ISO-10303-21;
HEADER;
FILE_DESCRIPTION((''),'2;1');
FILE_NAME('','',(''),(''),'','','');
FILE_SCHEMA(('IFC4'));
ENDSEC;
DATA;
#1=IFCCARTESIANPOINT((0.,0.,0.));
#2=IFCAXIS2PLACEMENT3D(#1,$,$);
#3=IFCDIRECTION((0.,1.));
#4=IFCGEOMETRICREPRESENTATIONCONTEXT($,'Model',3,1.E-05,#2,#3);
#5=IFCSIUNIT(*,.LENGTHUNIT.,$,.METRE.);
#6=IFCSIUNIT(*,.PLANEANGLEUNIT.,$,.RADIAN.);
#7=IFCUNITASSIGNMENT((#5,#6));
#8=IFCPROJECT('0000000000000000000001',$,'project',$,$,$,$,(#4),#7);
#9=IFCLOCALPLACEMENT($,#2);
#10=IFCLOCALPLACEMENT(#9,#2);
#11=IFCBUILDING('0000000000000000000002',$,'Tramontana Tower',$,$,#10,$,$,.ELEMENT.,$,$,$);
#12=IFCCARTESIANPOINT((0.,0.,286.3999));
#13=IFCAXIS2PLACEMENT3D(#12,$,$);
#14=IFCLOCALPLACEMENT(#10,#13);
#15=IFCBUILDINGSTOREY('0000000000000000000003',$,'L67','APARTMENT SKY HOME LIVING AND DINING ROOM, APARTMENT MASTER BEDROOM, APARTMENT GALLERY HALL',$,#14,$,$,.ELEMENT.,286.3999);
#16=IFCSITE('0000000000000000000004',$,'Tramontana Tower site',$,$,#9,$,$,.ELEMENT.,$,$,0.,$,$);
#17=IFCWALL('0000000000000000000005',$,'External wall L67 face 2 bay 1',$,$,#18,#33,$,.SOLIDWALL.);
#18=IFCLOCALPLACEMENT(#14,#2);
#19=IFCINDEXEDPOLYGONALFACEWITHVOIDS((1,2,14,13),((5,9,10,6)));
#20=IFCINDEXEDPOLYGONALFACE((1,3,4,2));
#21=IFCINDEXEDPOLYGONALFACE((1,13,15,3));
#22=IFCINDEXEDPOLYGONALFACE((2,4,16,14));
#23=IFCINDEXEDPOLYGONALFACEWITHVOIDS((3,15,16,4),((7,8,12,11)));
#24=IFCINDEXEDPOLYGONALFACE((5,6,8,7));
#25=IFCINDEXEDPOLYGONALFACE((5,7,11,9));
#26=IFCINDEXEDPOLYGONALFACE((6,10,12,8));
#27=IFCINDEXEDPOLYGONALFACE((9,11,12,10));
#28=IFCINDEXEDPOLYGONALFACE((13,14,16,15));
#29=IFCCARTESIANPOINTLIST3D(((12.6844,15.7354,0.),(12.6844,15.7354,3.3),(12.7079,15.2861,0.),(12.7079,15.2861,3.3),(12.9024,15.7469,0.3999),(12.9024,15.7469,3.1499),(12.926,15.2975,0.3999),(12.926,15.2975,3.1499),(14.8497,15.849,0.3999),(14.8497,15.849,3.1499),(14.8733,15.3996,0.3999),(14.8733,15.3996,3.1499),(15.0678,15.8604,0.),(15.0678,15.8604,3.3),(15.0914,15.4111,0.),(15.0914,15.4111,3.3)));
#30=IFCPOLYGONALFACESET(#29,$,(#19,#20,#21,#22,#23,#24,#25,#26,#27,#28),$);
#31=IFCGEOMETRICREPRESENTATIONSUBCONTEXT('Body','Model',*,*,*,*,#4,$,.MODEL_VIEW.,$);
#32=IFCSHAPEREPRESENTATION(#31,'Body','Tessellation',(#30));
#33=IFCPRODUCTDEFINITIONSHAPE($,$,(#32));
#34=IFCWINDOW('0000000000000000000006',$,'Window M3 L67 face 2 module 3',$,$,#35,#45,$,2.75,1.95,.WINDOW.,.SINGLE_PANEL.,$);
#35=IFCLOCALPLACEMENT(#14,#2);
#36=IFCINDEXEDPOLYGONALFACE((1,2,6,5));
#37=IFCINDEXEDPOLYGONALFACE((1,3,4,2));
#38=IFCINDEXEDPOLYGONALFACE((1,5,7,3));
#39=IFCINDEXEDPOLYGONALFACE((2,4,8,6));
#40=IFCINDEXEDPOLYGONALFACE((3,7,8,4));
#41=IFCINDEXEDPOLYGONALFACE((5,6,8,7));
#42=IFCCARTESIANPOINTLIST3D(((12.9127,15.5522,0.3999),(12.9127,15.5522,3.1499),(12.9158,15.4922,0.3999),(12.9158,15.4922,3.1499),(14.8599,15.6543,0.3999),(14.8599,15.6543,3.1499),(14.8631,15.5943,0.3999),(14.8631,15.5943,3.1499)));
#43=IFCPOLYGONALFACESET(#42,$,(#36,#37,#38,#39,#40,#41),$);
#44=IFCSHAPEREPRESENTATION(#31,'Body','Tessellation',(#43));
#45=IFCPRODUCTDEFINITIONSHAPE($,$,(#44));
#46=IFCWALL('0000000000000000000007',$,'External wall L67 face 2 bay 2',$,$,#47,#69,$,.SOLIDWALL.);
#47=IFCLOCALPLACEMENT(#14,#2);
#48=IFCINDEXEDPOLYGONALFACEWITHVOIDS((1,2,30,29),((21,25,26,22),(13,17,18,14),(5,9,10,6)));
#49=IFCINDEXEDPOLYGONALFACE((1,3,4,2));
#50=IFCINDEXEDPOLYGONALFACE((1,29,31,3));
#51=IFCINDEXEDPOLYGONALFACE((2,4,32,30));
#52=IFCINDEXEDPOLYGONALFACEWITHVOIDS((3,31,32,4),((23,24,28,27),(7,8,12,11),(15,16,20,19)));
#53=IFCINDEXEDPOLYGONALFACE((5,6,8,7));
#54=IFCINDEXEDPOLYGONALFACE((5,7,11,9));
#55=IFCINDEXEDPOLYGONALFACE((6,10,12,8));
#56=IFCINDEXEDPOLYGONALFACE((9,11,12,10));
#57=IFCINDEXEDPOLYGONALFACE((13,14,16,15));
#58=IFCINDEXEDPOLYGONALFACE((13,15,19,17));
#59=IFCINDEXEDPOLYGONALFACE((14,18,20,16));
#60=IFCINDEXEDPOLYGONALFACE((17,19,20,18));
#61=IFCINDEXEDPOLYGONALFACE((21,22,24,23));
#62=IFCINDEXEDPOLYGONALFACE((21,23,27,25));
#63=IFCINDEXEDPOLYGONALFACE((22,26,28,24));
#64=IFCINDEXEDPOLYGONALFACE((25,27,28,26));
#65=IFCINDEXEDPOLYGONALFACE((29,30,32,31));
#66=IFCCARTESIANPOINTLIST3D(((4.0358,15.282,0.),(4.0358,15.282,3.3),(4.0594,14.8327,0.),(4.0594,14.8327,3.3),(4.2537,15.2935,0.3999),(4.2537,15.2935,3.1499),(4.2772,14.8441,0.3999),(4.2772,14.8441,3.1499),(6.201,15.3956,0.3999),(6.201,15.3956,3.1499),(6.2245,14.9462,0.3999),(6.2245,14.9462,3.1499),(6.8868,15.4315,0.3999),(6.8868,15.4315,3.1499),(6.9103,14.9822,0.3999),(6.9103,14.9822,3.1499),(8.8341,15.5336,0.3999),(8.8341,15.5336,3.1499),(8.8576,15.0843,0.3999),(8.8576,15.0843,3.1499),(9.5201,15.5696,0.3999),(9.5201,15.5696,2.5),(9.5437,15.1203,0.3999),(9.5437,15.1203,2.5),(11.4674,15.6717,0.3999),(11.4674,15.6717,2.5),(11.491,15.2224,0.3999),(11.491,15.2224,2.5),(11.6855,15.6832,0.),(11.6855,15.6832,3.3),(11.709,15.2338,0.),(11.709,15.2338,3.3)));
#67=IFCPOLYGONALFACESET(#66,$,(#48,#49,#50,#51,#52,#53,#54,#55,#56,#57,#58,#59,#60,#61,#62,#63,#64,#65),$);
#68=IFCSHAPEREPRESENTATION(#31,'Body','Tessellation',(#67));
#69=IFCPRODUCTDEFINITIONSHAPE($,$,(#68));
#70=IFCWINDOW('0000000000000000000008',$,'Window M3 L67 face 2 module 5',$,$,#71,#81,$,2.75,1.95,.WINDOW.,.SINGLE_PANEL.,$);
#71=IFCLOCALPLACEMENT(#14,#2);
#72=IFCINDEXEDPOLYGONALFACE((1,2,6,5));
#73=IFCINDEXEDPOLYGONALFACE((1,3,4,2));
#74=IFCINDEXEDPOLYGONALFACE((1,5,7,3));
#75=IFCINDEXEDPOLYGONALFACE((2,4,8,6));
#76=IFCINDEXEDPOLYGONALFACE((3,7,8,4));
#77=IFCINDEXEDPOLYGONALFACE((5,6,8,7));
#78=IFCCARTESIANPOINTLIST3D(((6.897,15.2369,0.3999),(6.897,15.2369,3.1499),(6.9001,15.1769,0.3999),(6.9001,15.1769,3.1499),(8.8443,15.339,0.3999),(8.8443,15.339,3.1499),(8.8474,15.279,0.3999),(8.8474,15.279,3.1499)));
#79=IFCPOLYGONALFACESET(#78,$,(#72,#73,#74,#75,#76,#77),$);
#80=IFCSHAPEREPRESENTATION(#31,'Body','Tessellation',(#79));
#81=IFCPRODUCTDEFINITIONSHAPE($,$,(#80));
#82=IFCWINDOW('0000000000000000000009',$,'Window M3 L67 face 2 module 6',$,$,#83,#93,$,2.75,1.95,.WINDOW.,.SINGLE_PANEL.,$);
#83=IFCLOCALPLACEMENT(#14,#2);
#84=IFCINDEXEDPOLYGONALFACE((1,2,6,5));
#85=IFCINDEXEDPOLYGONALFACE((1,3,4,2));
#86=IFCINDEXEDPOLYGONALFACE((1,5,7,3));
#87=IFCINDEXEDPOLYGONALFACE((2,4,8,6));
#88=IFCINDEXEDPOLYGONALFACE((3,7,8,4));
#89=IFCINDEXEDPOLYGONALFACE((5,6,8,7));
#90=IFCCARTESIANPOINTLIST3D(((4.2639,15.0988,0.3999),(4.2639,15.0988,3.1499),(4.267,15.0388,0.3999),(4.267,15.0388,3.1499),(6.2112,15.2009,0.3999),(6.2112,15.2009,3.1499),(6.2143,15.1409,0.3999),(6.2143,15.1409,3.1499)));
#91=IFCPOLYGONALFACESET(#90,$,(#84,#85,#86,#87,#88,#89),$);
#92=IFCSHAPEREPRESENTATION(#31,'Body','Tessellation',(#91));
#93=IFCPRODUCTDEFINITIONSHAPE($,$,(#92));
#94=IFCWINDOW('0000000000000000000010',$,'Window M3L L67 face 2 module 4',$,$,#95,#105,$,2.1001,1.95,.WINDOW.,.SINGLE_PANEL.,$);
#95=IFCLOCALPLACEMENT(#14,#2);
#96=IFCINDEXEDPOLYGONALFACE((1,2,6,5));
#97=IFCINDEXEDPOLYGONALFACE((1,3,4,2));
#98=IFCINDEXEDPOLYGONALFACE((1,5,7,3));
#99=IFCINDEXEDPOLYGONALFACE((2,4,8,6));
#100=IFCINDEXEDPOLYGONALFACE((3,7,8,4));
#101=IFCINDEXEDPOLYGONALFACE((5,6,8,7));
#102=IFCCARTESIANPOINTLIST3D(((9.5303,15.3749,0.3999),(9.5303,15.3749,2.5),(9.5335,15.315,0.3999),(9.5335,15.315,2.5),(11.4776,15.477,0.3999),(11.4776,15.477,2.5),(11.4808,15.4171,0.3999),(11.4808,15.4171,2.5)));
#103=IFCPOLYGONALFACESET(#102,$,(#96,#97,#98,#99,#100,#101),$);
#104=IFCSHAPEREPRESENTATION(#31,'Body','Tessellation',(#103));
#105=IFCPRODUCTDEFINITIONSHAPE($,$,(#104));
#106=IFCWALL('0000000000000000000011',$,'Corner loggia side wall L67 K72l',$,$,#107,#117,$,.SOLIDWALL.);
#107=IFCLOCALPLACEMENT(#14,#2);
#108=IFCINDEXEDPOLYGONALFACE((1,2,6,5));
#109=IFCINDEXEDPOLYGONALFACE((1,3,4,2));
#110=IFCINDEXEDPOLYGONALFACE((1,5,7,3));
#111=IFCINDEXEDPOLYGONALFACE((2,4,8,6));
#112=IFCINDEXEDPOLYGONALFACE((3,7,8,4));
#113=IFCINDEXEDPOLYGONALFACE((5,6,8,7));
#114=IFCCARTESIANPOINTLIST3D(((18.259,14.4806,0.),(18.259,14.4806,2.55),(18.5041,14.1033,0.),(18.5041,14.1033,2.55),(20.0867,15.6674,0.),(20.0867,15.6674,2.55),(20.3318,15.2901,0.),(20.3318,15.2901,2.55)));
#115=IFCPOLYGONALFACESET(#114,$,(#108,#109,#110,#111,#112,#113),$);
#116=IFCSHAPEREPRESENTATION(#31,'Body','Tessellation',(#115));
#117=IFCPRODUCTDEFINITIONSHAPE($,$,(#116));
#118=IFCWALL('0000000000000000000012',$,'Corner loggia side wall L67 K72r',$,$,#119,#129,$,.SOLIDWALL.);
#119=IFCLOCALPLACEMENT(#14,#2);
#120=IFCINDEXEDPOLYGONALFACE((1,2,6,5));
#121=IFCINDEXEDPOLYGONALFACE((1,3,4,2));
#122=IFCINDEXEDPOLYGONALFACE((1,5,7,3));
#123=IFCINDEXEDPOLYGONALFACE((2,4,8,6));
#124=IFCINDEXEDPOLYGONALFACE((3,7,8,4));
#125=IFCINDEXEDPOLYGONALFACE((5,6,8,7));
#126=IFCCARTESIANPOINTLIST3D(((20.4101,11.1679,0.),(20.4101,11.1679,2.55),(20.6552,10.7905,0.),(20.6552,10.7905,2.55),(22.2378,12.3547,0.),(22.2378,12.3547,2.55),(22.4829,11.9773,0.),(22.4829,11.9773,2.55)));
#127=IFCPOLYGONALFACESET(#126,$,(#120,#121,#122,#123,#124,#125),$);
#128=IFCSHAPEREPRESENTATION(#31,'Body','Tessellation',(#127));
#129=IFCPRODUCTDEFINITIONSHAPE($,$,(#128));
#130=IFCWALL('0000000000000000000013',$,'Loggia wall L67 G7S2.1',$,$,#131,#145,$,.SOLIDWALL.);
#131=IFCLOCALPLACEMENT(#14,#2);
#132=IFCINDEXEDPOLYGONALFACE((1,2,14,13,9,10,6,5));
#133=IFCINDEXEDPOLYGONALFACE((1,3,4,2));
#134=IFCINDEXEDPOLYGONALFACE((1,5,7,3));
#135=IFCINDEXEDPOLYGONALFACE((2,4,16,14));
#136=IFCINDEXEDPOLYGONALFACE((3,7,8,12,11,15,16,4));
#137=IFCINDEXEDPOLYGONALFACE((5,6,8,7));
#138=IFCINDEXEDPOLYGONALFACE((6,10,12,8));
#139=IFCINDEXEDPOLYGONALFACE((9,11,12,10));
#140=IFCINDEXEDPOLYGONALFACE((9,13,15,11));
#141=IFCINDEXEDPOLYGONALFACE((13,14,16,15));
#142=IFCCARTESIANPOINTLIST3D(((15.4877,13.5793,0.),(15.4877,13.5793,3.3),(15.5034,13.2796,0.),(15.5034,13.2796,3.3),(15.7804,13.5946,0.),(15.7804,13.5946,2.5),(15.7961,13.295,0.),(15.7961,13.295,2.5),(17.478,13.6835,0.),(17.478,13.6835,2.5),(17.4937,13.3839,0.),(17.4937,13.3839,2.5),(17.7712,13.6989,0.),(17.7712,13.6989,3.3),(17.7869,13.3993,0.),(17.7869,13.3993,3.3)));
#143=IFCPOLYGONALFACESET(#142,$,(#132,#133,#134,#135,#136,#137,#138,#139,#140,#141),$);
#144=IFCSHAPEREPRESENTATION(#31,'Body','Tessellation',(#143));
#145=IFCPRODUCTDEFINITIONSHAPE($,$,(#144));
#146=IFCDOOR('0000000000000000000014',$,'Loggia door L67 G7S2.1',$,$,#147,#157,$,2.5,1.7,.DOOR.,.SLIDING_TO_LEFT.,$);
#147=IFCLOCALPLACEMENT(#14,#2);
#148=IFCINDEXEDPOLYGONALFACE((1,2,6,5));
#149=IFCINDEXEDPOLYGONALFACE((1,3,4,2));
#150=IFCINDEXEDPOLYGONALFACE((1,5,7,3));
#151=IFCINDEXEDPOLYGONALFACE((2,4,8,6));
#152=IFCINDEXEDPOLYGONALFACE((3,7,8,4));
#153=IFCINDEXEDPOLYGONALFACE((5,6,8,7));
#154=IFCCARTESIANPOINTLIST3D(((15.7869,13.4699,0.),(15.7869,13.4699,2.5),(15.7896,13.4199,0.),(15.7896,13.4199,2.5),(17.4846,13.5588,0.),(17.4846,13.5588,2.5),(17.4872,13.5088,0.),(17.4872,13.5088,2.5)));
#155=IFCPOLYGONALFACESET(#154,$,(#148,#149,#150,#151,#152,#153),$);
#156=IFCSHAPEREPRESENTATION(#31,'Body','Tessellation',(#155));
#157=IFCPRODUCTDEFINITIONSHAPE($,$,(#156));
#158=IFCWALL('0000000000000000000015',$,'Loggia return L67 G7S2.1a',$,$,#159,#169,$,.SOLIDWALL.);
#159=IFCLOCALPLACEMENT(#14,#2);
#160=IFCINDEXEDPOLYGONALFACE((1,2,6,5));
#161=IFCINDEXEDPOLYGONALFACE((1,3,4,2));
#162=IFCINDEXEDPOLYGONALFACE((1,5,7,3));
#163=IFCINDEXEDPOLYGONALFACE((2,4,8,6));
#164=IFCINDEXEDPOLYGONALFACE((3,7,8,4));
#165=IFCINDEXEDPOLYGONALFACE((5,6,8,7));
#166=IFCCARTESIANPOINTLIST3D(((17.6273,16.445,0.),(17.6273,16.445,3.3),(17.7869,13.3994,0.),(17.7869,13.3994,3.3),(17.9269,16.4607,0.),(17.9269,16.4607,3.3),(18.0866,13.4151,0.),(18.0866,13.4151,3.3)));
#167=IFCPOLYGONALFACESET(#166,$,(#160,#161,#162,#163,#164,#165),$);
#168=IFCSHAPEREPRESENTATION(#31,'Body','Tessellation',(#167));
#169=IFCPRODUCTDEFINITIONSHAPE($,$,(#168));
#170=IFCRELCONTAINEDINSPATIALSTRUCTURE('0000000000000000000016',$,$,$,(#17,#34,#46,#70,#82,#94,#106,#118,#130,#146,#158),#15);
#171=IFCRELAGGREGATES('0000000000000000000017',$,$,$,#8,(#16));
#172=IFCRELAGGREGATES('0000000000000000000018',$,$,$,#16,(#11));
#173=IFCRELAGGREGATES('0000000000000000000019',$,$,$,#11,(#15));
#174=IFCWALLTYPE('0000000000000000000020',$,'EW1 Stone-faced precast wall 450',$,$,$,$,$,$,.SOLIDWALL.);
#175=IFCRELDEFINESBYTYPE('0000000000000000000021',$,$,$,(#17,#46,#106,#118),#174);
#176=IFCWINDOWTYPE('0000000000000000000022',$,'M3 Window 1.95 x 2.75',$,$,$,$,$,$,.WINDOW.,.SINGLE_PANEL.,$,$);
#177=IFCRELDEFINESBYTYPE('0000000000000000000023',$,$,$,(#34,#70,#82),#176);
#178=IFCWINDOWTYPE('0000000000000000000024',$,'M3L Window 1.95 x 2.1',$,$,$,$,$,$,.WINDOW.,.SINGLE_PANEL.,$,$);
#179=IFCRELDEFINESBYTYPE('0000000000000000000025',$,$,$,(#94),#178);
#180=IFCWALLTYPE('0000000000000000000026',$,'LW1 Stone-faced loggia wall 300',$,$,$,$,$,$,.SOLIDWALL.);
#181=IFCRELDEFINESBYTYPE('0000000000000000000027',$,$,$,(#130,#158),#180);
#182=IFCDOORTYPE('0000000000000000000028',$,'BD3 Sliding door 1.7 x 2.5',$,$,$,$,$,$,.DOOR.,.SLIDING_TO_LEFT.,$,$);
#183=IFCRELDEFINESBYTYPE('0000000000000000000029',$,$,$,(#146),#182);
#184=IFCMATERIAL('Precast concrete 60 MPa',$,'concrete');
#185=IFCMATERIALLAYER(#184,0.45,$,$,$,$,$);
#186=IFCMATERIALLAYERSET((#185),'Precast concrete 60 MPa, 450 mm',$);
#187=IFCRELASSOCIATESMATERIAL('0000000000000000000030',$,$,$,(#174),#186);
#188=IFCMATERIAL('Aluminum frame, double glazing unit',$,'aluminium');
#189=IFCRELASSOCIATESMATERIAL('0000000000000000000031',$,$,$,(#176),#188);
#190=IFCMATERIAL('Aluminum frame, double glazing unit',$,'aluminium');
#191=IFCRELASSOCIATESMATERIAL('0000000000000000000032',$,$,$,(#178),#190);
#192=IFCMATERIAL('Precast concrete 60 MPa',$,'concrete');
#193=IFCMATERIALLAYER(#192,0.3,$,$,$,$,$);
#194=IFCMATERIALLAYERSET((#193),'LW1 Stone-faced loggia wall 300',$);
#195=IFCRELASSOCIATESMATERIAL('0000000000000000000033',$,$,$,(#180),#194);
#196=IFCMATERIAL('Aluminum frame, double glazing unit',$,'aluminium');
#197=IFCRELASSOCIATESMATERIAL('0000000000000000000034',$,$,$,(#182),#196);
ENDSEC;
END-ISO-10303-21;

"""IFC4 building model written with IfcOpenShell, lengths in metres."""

from ifc_helpers import new_model, si_unit, direction, frame, frame_2d, origin, place, context, subcontext, project, spatial, rectangle, extrude, material, layer, layer_set, type_object, element, fill, save


model = new_model("IFC4")

# Units and contexts
model_context = context("Model", 3, precision=1e-05, world=origin(), true_north=direction((0.0, 1.0)))
body_context = subcontext(model_context, "Body", "Model", "MODEL_VIEW")
ifc_project = project(units=[si_unit("LENGTHUNIT", "METRE"), si_unit("PLANEANGLEUNIT", "RADIAN")], contexts=[model_context])

# Site, building, storey
site_placement = place(None, origin())
site = spatial("IfcSite", under=ifc_project, at=site_placement, Name="Tramontana Tower site", CompositionType="ELEMENT", RefElevation=0.0)
building_placement = place(site_placement, origin())
building = spatial("IfcBuilding", under=site, at=building_placement, Name="Tramontana Tower", CompositionType="ELEMENT")
storey_placement = place(building_placement, frame((0.0, 0.0, 286.3999)))
storey = spatial("IfcBuildingStorey", under=building, at=storey_placement, Name="L67", Description="APARTMENT SKY HOME LIVING AND DINING ROOM, APARTMENT MASTER BEDROOM, APARTMENT GALLERY HALL", CompositionType="ELEMENT", Elevation=286.3999)

# Wall, opening, window
ifc_material_1 = material(Name="Precast concrete 60 MPa", Category="concrete")
ifc_layer_1 = layer(ifc_material_1, 0.45)
ifc_layer_set_1 = layer_set([ifc_layer_1], Name="Precast concrete 60 MPa, 450 mm")
wall_type_1 = type_object("IfcWallType", Name="EW1 Stone-faced precast wall 450", PredefinedType="SOLIDWALL", material=ifc_layer_set_1)
wall_1_placement = place(storey_placement, frame((15.0796, 15.6357, 0.0), z_axis=(0.0, 0.0, 1.0), x_axis=(-0.998628, -0.052371, 0.0)))
wall_1 = element("IfcWall", 1, at=wall_1_placement, inside=storey, type_object=wall_type_1, Name="External wall L67 face 2 bay 1", PredefinedType="SOLIDWALL", context=body_context, shape_type="SweptSolid", body=[
    extrude(rectangle(XDim=2.3867, YDim=0.45, at=frame_2d((1.1934, 0.0))), origin(), (0.0, 0.0, 1.0), 3.3),
])
opening_1_placement = place(wall_1_placement, frame((0.2183, 0.0, 0.3999)))
opening_1 = element("IfcOpeningElement", 2, at=opening_1_placement, cuts=wall_1, PredefinedType="OPENING", context=body_context, shape_type="SweptSolid", body=[
    extrude(rectangle(XDim=1.95, YDim=2.75, at=frame_2d((0.9751, 1.375))), frame((0.0, 0.2349, 0.0), z_axis=(0.0, -1.0, 0.0), x_axis=(1.0, 0.0, 0.0)), (0.0, 0.0, 1.0), 0.47),
])
ifc_material_2 = material(Name="Aluminum frame, double glazing unit", Category="aluminium")
window_type_1 = type_object("IfcWindowType", Name="M3 Window 1.95 x 2.75", PartitioningType="SINGLE_PANEL", PredefinedType="WINDOW", material=ifc_material_2)
window_1_placement = place(opening_1_placement, origin())
window_1 = element("IfcWindow", 3, at=window_1_placement, inside=storey, type_object=window_type_1, Name="Window M3 L67 face 2 module 3", OverallHeight=2.75, OverallWidth=1.95, PartitioningType="SINGLE_PANEL", PredefinedType="WINDOW", context=body_context, shape_type="SweptSolid", body=[
    extrude(rectangle(XDim=1.95, YDim=2.75, at=frame_2d((0.9751, 1.375))), frame((0.0, 0.03, 0.0), z_axis=(0.0, -1.0, 0.0), x_axis=(1.0, 0.0, 0.0)), (0.0, 0.0, 1.0), 0.0601),
])
fill(opening_1, window_1)

# Wall, openings, windows
wall_2_placement = place(storey_placement, frame((11.6973, 15.4585, 0.0), z_axis=(0.0, 0.0, 1.0), x_axis=(-0.998628, -0.052365, 0.0)))
wall_2 = element("IfcWall", 4, at=wall_2_placement, inside=storey, type_object=wall_type_1, Name="External wall L67 face 2 bay 2", PredefinedType="SOLIDWALL", context=body_context, shape_type="SweptSolid", body=[
    extrude(rectangle(XDim=7.6602, YDim=0.45, at=frame_2d((3.8301, 0.0))), origin(), (0.0, 0.0, 1.0), 3.3),
])
opening_2_placement = place(wall_2_placement, frame((0.2183, 0.0, 0.3999)))
opening_2 = element("IfcOpeningElement", 5, at=opening_2_placement, cuts=wall_2, PredefinedType="OPENING", context=body_context, shape_type="SweptSolid", body=[
    extrude(rectangle(XDim=1.95, YDim=2.1001, at=frame_2d((0.9751, 1.05))), frame((0.0, 0.2349, 0.0), z_axis=(0.0, -1.0, 0.0), x_axis=(1.0, 0.0, 0.0)), (0.0, 0.0, 1.0), 0.47),
])
opening_3_placement = place(wall_2_placement, frame((2.8552, 0.0, 0.3999)))
opening_3 = element("IfcOpeningElement", 6, at=opening_3_placement, cuts=wall_2, PredefinedType="OPENING", context=body_context, shape_type="SweptSolid", body=[
    extrude(rectangle(XDim=1.95, YDim=2.75, at=frame_2d((0.9751, 1.375))), frame((0.0, 0.2349, 0.0), z_axis=(0.0, -1.0, 0.0), x_axis=(1.0, 0.0, 0.0)), (0.0, 0.0, 1.0), 0.47),
])
opening_4_placement = place(wall_2_placement, frame((5.4919, 0.0, 0.3999)))
opening_4 = element("IfcOpeningElement", 7, at=opening_4_placement, cuts=wall_2, PredefinedType="OPENING", context=body_context, shape_type="SweptSolid", body=[
    extrude(rectangle(XDim=1.95, YDim=2.75, at=frame_2d((0.9751, 1.375))), frame((0.0, 0.2349, 0.0), z_axis=(0.0, -1.0, 0.0), x_axis=(1.0, 0.0, 0.0)), (0.0, 0.0, 1.0), 0.47),
])
window_2_placement = place(opening_3_placement, origin())
window_2 = element("IfcWindow", 8, at=window_2_placement, inside=storey, type_object=window_type_1, Name="Window M3 L67 face 2 module 5", OverallHeight=2.75, OverallWidth=1.95, PartitioningType="SINGLE_PANEL", PredefinedType="WINDOW", context=body_context, shape_type="SweptSolid", body=[
    extrude(rectangle(XDim=1.95, YDim=2.75, at=frame_2d((0.9751, 1.375))), frame((0.0, 0.03, 0.0), z_axis=(0.0, -1.0, 0.0), x_axis=(1.0, 0.0, 0.0)), (0.0, 0.0, 1.0), 0.0601),
])
fill(opening_3, window_2)
window_3_placement = place(opening_4_placement, origin())
window_3 = element("IfcWindow", 9, at=window_3_placement, inside=storey, type_object=window_type_1, Name="Window M3 L67 face 2 module 6", OverallHeight=2.75, OverallWidth=1.95, PartitioningType="SINGLE_PANEL", PredefinedType="WINDOW", context=body_context, shape_type="SweptSolid", body=[
    extrude(rectangle(XDim=1.95, YDim=2.75, at=frame_2d((0.9751, 1.375))), frame((0.0, 0.03, 0.0), z_axis=(0.0, -1.0, 0.0), x_axis=(1.0, 0.0, 0.0)), (0.0, 0.0, 1.0), 0.0601),
])
fill(opening_4, window_3)
ifc_material_3 = material(Name="Aluminum frame, double glazing unit", Category="aluminium")
window_type_2 = type_object("IfcWindowType", Name="M3L Window 1.95 x 2.1", PartitioningType="SINGLE_PANEL", PredefinedType="WINDOW", material=ifc_material_3)
window_4_placement = place(opening_2_placement, origin())
window_4 = element("IfcWindow", 10, at=window_4_placement, inside=storey, type_object=window_type_2, Name="Window M3L L67 face 2 module 4", OverallHeight=2.1001, OverallWidth=1.95, PartitioningType="SINGLE_PANEL", PredefinedType="WINDOW", context=body_context, shape_type="SweptSolid", body=[
    extrude(rectangle(XDim=1.95, YDim=2.1001, at=frame_2d((0.9751, 1.05))), frame((0.0, 0.03, 0.0), z_axis=(0.0, -1.0, 0.0), x_axis=(1.0, 0.0, 0.0)), (0.0, 0.0, 1.0), 0.0601),
])
fill(opening_2, window_4)

# Walls
for number, where, z_axis, x_axis, name in (
    (11, (20.2092, 15.4788, 0.0), (0.0, 0.0, 1.0), (-0.838694, -0.544602, 0.0), "Corner loggia side wall L67 K72l"),
    (12, (22.3604, 12.166, 0.0), (0.0, 0.0, 1.0), (-0.838694, -0.544602, 0.0), "Corner loggia side wall L67 K72r"),
):
    element("IfcWall", number, at=place(storey_placement, frame(where, z_axis=z_axis, x_axis=x_axis)), inside=storey, type_object=wall_type_1, Name=name, PredefinedType="SOLIDWALL", context=body_context, shape_type="SweptSolid", body=[
        extrude(rectangle(XDim=2.1792, YDim=0.45, at=frame_2d((1.0896, 0.0))), origin(), (0.0, 0.0, 1.0), 2.55),
    ])

# Wall, opening, door
ifc_material_4 = material(Name="Precast concrete 60 MPa", Category="concrete")
ifc_layer_2 = layer(ifc_material_4, 0.3)
ifc_layer_set_2 = layer_set([ifc_layer_2], Name="LW1 Stone-faced loggia wall 300")
wall_type_2 = type_object("IfcWallType", Name="LW1 Stone-faced loggia wall 300", PredefinedType="SOLIDWALL", material=ifc_layer_set_2)
wall_3_placement = place(storey_placement, frame((17.7791, 13.5491, 0.0), z_axis=(0.0, 0.0, 1.0), x_axis=(-0.99863, -0.052318, 0.0)))
wall_3 = element("IfcWall", 13, at=wall_3_placement, inside=storey, type_object=wall_type_2, Name="Loggia wall L67 G7S2.1", PredefinedType="SOLIDWALL", context=body_context, shape_type="SweptSolid", body=[
    extrude(rectangle(XDim=2.2866, YDim=0.3, at=frame_2d((1.1433, 0.0))), origin(), (0.0, 0.0, 1.0), 3.3),
])
opening_5_placement = place(wall_3_placement, frame((0.2935, 0.0, 0.0)))
opening_5 = element("IfcOpeningElement", 14, at=opening_5_placement, cuts=wall_3, PredefinedType="OPENING", context=body_context, shape_type="SweptSolid", body=[
    extrude(rectangle(XDim=1.7, YDim=2.5, at=frame_2d((0.8501, 1.25))), frame((0.0, 0.1599, 0.0), z_axis=(0.0, -1.0, 0.0), x_axis=(1.0, 0.0, 0.0)), (0.0, 0.0, 1.0), 0.3201),
])
ifc_material_5 = material(Name="Aluminum frame, double glazing unit", Category="aluminium")
door_type_1 = type_object("IfcDoorType", Name="BD3 Sliding door 1.7 x 2.5", OperationType="SLIDING_TO_LEFT", PredefinedType="DOOR", material=ifc_material_5)
door_1_placement = place(opening_5_placement, origin())
door_1 = element("IfcDoor", 15, at=door_1_placement, inside=storey, type_object=door_type_1, Name="Loggia door L67 G7S2.1", OperationType="SLIDING_TO_LEFT", OverallHeight=2.5, OverallWidth=1.7, PredefinedType="DOOR", context=body_context, shape_type="SweptSolid", body=[
    extrude(rectangle(XDim=1.7, YDim=2.5, at=frame_2d((0.8501, 1.25))), frame((0.0, 0.0249, 0.0), z_axis=(0.0, -1.0, 0.0), x_axis=(1.0, 0.0, 0.0)), (0.0, 0.0, 1.0), 0.05),
])
fill(opening_5, door_1)

# Wall
wall_4_placement = place(storey_placement, frame((17.7771, 16.4529, 0.0), z_axis=(0.0, 0.0, 1.0), x_axis=(0.052353, -0.998629, 0.0)))
element("IfcWall", 16, at=wall_4_placement, inside=storey, type_object=wall_type_2, Name="Loggia return L67 G7S2.1a", PredefinedType="SOLIDWALL", context=body_context, shape_type="SweptSolid", body=[
    extrude(rectangle(XDim=3.0498, YDim=0.3, at=frame_2d((1.5249, 0.0))), origin(), (0.0, 0.0, 1.0), 3.3),
])

save(model, "model.ifc")
